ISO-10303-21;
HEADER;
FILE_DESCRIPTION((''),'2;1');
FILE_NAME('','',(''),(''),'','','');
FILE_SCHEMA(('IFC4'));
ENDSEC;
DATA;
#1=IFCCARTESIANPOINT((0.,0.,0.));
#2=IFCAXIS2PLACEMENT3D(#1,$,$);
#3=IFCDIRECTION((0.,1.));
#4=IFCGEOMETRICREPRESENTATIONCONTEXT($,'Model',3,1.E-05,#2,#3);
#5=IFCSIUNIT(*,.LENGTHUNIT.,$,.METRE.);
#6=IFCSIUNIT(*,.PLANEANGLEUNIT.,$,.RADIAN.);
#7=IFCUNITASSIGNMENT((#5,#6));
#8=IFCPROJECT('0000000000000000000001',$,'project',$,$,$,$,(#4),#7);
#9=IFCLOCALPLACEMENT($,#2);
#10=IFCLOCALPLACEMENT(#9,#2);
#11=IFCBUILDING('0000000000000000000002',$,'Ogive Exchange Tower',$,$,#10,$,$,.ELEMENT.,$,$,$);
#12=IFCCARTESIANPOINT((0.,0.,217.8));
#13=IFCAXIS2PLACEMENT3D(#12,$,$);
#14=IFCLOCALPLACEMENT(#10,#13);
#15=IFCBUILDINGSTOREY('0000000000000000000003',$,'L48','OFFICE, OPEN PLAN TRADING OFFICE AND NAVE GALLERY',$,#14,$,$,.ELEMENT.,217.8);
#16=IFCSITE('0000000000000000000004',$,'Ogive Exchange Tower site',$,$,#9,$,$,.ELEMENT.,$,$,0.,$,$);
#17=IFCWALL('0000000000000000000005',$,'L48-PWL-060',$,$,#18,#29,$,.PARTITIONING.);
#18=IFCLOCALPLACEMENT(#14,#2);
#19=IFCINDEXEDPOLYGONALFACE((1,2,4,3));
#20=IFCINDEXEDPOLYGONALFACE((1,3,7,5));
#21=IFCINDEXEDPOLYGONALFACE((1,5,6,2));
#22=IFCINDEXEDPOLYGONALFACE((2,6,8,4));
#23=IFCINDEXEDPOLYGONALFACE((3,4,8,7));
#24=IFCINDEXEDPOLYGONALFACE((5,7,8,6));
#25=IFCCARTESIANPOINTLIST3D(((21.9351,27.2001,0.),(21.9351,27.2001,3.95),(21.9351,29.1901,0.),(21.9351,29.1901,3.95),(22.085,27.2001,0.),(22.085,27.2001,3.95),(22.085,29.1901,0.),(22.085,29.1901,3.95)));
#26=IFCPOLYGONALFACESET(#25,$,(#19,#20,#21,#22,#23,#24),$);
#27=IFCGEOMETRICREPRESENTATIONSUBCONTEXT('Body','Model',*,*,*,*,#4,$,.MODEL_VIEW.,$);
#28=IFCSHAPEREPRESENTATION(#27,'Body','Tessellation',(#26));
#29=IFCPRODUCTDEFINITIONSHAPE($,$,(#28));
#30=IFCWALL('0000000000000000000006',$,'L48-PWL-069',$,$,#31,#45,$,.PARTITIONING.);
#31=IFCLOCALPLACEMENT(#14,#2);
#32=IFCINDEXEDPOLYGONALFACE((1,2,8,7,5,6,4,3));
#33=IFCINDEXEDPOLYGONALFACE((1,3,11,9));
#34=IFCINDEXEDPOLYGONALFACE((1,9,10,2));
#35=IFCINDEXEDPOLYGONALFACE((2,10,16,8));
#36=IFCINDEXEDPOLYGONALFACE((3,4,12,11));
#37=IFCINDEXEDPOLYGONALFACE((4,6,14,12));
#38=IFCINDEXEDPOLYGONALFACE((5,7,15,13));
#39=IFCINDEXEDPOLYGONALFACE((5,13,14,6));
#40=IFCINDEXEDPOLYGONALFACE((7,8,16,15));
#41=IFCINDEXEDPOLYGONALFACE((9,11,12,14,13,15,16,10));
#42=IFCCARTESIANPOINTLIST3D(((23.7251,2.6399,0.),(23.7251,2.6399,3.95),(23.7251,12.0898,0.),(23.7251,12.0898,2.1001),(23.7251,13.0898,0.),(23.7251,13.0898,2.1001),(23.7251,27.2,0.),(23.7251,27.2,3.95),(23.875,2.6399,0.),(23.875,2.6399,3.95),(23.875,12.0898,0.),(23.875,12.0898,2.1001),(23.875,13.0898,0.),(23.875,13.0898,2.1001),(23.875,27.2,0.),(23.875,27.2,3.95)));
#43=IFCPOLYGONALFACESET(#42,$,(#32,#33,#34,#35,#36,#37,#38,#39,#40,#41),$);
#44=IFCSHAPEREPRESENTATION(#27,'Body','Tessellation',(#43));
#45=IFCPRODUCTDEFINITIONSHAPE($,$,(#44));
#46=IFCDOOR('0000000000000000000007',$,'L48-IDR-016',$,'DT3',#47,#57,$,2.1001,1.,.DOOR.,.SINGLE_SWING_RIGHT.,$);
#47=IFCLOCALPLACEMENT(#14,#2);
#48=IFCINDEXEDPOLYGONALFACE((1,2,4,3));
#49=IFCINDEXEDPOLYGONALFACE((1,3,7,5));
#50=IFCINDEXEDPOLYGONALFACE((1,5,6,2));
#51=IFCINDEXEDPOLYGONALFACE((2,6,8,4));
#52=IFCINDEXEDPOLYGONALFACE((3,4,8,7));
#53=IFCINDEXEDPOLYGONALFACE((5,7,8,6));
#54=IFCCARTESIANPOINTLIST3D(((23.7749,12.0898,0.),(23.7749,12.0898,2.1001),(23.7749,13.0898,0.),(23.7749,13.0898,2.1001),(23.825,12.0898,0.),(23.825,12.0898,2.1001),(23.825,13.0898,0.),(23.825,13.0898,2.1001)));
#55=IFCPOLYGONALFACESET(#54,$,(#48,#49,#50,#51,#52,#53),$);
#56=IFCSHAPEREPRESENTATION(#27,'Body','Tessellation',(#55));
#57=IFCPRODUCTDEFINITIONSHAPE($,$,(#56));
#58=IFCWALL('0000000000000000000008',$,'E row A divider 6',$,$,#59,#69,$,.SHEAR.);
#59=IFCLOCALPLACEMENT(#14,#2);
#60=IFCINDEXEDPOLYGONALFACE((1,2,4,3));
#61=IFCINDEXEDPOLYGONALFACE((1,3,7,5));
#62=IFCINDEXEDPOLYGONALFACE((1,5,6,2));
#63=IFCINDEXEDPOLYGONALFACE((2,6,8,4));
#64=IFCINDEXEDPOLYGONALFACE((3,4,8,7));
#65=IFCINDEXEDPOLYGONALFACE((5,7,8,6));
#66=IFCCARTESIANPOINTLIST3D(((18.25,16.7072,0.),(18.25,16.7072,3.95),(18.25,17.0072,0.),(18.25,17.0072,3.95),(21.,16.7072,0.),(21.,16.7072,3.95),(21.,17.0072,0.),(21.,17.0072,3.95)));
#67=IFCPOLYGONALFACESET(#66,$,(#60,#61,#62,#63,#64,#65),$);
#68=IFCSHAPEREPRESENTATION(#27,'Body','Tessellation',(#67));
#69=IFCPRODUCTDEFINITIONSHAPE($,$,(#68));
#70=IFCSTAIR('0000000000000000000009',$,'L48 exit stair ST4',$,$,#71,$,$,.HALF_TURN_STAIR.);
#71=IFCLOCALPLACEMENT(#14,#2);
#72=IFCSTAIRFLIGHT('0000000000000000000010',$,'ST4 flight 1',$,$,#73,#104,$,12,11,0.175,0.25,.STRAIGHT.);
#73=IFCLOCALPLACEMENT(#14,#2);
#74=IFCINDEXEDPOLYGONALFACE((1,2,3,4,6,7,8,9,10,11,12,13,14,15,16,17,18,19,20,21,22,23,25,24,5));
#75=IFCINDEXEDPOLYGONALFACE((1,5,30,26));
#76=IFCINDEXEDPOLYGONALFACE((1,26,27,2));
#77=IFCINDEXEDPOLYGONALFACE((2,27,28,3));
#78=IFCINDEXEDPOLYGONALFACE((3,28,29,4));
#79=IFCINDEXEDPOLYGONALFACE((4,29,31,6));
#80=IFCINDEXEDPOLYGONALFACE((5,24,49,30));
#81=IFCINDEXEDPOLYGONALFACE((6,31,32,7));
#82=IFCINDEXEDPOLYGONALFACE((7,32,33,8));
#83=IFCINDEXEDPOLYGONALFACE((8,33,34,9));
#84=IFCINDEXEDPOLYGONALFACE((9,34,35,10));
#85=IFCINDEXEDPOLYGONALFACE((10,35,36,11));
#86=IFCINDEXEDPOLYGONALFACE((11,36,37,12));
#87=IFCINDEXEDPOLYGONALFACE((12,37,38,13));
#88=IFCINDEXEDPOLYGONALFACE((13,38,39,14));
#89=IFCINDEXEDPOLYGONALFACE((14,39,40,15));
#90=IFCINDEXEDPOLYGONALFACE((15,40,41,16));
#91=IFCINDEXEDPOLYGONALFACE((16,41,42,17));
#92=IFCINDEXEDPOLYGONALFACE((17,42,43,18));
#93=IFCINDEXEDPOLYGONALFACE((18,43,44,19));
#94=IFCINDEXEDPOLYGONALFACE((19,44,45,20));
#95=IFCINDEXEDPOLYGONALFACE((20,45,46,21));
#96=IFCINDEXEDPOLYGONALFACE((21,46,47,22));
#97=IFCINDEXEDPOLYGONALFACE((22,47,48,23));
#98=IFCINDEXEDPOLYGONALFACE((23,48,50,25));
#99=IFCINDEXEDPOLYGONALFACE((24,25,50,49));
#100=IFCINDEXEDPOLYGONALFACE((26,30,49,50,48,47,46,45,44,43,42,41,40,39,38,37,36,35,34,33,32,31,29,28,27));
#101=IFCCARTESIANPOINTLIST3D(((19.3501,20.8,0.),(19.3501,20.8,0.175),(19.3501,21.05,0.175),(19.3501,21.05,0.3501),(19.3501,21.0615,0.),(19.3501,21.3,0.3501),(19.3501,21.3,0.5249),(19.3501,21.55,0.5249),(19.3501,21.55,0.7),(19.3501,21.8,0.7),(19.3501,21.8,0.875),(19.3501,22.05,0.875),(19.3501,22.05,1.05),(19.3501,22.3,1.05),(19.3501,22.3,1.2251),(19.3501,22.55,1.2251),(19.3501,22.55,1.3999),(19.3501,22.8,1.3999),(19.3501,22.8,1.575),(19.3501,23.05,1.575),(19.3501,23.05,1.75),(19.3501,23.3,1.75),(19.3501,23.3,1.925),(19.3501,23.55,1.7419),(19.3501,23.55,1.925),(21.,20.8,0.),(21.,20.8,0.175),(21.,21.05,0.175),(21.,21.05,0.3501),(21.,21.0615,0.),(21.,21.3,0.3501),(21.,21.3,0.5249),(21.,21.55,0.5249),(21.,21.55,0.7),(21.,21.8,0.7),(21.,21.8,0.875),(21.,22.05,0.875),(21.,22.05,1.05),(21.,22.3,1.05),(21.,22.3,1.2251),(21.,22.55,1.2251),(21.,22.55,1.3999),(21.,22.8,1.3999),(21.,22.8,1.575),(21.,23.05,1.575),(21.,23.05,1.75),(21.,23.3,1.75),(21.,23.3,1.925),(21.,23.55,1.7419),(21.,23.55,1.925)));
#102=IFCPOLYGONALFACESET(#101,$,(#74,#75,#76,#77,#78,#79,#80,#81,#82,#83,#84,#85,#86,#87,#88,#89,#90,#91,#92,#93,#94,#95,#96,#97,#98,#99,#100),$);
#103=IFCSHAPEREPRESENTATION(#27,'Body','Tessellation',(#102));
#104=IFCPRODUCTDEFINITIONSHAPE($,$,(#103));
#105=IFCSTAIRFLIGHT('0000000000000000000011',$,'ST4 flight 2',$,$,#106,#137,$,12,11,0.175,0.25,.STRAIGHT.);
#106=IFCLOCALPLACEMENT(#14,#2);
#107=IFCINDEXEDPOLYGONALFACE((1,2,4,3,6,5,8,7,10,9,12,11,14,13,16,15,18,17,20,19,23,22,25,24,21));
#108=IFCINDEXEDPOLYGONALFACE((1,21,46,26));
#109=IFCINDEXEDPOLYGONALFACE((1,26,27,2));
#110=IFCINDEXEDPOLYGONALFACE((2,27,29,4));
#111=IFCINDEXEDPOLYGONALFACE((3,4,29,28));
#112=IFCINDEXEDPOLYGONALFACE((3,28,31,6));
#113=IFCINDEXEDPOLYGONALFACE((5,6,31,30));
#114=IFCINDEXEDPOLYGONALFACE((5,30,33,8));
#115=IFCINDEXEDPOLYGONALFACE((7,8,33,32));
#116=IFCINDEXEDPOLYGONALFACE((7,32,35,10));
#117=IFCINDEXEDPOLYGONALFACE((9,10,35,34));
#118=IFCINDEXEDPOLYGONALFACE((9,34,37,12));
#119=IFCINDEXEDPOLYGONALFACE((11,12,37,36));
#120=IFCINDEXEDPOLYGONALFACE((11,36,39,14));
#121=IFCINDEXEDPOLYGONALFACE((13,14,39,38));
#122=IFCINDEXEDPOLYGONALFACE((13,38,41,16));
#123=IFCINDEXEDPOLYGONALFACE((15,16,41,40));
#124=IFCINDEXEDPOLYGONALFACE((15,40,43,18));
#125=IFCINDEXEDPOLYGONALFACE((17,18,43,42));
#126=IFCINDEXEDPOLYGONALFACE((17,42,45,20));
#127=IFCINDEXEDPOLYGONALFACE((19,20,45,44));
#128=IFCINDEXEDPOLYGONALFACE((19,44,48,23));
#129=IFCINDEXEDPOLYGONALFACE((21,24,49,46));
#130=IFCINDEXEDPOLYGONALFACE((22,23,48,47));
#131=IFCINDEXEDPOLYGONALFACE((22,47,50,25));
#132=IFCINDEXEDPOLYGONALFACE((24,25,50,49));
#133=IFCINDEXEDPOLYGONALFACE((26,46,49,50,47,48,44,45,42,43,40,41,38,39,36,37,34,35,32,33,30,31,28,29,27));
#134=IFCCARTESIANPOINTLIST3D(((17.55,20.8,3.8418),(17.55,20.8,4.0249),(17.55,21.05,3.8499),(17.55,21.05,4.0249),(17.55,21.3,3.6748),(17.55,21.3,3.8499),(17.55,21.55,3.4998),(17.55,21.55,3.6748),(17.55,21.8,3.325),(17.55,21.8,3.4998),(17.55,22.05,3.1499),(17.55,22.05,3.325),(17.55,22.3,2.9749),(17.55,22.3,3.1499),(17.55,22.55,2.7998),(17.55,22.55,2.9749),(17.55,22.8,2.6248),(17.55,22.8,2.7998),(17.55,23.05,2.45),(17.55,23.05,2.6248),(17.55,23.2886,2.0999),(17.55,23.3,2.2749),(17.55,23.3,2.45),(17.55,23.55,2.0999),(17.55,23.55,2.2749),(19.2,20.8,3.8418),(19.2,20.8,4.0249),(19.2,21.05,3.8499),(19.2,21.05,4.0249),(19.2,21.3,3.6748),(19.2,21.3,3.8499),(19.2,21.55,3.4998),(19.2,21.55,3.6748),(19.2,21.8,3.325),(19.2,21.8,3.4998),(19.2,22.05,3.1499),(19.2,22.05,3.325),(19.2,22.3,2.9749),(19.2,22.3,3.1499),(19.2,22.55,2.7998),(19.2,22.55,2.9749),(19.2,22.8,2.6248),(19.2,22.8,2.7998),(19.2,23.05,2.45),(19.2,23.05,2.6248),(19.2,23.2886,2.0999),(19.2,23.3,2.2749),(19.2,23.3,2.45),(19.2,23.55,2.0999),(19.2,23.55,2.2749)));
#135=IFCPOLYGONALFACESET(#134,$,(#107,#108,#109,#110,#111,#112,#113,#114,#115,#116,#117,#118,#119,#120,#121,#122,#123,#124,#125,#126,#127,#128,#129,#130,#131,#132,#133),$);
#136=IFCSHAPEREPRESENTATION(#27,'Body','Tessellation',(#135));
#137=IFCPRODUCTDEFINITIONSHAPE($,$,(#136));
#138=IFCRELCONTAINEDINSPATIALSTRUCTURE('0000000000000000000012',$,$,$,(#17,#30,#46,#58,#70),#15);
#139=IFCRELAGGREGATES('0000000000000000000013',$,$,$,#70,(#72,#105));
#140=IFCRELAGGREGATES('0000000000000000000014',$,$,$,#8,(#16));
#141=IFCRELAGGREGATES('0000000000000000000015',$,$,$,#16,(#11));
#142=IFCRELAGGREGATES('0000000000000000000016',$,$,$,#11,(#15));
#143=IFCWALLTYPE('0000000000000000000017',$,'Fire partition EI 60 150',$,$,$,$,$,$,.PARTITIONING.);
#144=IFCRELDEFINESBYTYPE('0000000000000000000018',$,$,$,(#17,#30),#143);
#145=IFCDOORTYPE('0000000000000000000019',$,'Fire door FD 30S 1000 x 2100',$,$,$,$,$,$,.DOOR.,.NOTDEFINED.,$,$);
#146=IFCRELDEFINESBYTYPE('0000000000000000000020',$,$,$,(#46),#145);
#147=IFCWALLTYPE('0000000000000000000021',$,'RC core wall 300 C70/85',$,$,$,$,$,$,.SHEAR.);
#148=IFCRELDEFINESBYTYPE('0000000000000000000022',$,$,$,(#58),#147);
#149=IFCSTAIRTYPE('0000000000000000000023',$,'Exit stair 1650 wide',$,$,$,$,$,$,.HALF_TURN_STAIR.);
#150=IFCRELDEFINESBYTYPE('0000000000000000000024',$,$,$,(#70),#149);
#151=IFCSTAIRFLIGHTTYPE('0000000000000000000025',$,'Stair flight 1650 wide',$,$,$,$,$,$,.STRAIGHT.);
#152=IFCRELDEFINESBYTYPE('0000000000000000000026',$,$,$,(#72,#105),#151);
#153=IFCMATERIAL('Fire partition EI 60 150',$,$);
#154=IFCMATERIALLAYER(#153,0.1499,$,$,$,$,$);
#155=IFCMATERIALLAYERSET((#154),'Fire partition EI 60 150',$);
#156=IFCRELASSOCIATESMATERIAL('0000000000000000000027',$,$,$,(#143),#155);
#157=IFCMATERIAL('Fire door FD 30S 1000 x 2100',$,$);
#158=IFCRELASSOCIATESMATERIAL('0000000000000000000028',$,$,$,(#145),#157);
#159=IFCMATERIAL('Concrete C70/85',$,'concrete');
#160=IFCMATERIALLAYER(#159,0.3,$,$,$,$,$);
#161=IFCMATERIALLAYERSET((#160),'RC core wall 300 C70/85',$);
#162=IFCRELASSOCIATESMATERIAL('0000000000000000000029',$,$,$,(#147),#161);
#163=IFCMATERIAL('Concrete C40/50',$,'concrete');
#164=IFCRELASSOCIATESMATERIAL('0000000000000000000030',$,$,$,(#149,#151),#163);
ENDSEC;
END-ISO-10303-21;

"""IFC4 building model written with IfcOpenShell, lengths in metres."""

from ifc_helpers import new_model, si_unit, direction, frame, frame_2d, origin, place, context, subcontext, project, spatial, polyline, rectangle, outline, extrude, material, layer, layer_set, type_object, element, fill, aggregate, save


model = new_model("IFC4")

# Units and contexts
model_context = context("Model", 3, precision=1e-05, world=origin(), true_north=direction((0.0, 1.0)))
body_context = subcontext(model_context, "Body", "Model", "MODEL_VIEW")
ifc_project = project(units=[si_unit("LENGTHUNIT", "METRE"), si_unit("PLANEANGLEUNIT", "RADIAN")], contexts=[model_context])

# Site, building, storey
site_placement = place(None, origin())
site = spatial("IfcSite", under=ifc_project, at=site_placement, Name="Ogive Exchange Tower site", CompositionType="ELEMENT", RefElevation=0.0)
building_placement = place(site_placement, origin())
building = spatial("IfcBuilding", under=site, at=building_placement, Name="Ogive Exchange Tower", CompositionType="ELEMENT")
storey_placement = place(building_placement, frame((0.0, 0.0, 217.8)))
storey = spatial("IfcBuildingStorey", under=building, at=storey_placement, Name="L48", Description="OFFICE, OPEN PLAN TRADING OFFICE AND NAVE GALLERY", CompositionType="ELEMENT", Elevation=217.8)

# Wall
ifc_material_1 = material(Name="Fire partition EI 60 150")
ifc_layer_1 = layer(ifc_material_1, 0.1499)
ifc_layer_set_1 = layer_set([ifc_layer_1], Name="Fire partition EI 60 150")
wall_type_1 = type_object("IfcWallType", Name="Fire partition EI 60 150", PredefinedType="PARTITIONING", material=ifc_layer_set_1)
wall_1_placement = place(storey_placement, frame((22.01, 27.2, 0.0), z_axis=(0.0, 0.0, 1.0), x_axis=(0.0, 1.0, 0.0)))
element("IfcWall", 1, at=wall_1_placement, inside=storey, type_object=wall_type_1, Name="L48-PWL-060", PredefinedType="PARTITIONING", context=body_context, shape_type="SweptSolid", body=[
    extrude(rectangle(XDim=1.99, YDim=0.1499, at=frame_2d((0.9951, 0.0))), origin(), (0.0, 0.0, 1.0), 3.95),
])

# Wall, opening, door
wall_2_placement = place(storey_placement, frame((23.8, 27.2, 0.0), z_axis=(0.0, 0.0, 1.0), x_axis=(0.0, -1.0, 0.0)))
wall_2 = element("IfcWall", 2, at=wall_2_placement, inside=storey, type_object=wall_type_1, Name="L48-PWL-069", PredefinedType="PARTITIONING", context=body_context, shape_type="SweptSolid", body=[
    extrude(rectangle(XDim=24.5601, YDim=0.1499, at=frame_2d((12.28, 0.0))), origin(), (0.0, 0.0, 1.0), 3.95),
])
opening_placement = place(wall_2_placement, frame((14.1101, 0.0, 0.0)))
opening = element("IfcOpeningElement", 3, at=opening_placement, cuts=wall_2, PredefinedType="OPENING", context=body_context, shape_type="SweptSolid", body=[
    extrude(rectangle(XDim=1.0, YDim=2.1001, at=frame_2d((0.5, 1.05))), frame((0.0, 0.085, 0.0), z_axis=(0.0, -1.0, 0.0), x_axis=(1.0, 0.0, 0.0)), (0.0, 0.0, 1.0), 0.1699),
])
ifc_material_2 = material(Name="Fire door FD 30S 1000 x 2100")
door_type = type_object("IfcDoorType", Name="Fire door FD 30S 1000 x 2100", OperationType="NOTDEFINED", PredefinedType="DOOR", material=ifc_material_2)
door_placement = place(opening_placement, origin())
door = element("IfcDoor", 4, at=door_placement, inside=storey, type_object=door_type, Name="L48-IDR-016", ObjectType="DT3", OperationType="SINGLE_SWING_RIGHT", OverallHeight=2.1001, OverallWidth=1.0, PredefinedType="DOOR", context=body_context, shape_type="SweptSolid", body=[
    extrude(rectangle(XDim=1.0, YDim=2.1001, at=frame_2d((0.5, 1.05))), frame((0.0, 0.0249, 0.0), z_axis=(0.0, -1.0, 0.0), x_axis=(1.0, 0.0, 0.0)), (0.0, 0.0, 1.0), 0.05),
])
fill(opening, door)

# Wall
ifc_material_3 = material(Name="Concrete C70/85", Category="concrete")
ifc_layer_2 = layer(ifc_material_3, 0.3)
ifc_layer_set_2 = layer_set([ifc_layer_2], Name="RC core wall 300 C70/85")
wall_type_2 = type_object("IfcWallType", Name="RC core wall 300 C70/85", PredefinedType="SHEAR", material=ifc_layer_set_2)
wall_3_placement = place(storey_placement, frame((18.25, 16.8572, 0.0), z_axis=(0.0, 0.0, 1.0), x_axis=(1.0, 0.0, 0.0)))
element("IfcWall", 5, at=wall_3_placement, inside=storey, type_object=wall_type_2, Name="E row A divider 6", PredefinedType="SHEAR", context=body_context, shape_type="SweptSolid", body=[
    extrude(rectangle(XDim=2.75, YDim=0.3, at=frame_2d((1.375, 0.0))), origin(), (0.0, 0.0, 1.0), 3.95),
])

# Stair, stair flights
ifc_material_4 = material(Name="Concrete C40/50", Category="concrete")
stair_type = type_object("IfcStairType", Name="Exit stair 1650 wide", PredefinedType="HALF_TURN_STAIR", material=ifc_material_4)
stair_placement = place(storey_placement, origin())
stair = element("IfcStair", 6, at=stair_placement, inside=storey, type_object=stair_type, Name="L48 exit stair ST4", PredefinedType="HALF_TURN_STAIR")
stair_flight_type = type_object("IfcStairFlightType", Name="Stair flight 1650 wide", PredefinedType="STRAIGHT", material=ifc_material_4)
stair_flight_1_placement = place(storey_placement, frame((20.175, 20.8, 0.0), z_axis=(0.0, 0.0, 1.0), x_axis=(0.0, 1.0, 0.0)))
stair_flight_1 = element("IfcStairFlight", 7, at=stair_flight_1_placement, type_object=stair_flight_type, Name="ST4 flight 1", NumberOfRisers=12, NumberOfTreads=11, PredefinedType="STRAIGHT", RiserHeight=0.175, TreadLength=0.25, context=body_context, shape_type="SweptSolid", body=[
    extrude(outline(polyline([(0.0, 0.0), (0.0, 0.175), (0.25, 0.175), (0.25, 0.3501), (0.5, 0.3501), (0.5, 0.5249), (0.75, 0.5249), (0.75, 0.7), (1.0, 0.7), (1.0, 0.875), (1.25, 0.875), (1.25, 1.05), (1.5, 1.05), (1.5, 1.2251), (1.75, 1.2251), (1.75, 1.3999), (2.0, 1.3999), (2.0, 1.575), (2.25, 1.575), (2.25, 1.75), (2.5, 1.75), (2.5, 1.925), (2.75, 1.925), (2.75, 2.1001), (2.75, 1.7419), (0.2615, 0.0), (0.0, 0.0)])), frame((0.0, 0.825, 0.0), z_axis=(0.0, -1.0, 0.0), x_axis=(1.0, 0.0, 0.0)), (0.0, 0.0, 1.0), 1.6499),
])
stair_flight_2_placement = place(storey_placement, frame((18.375, 23.55, 2.0999), z_axis=(0.0, 0.0, 1.0), x_axis=(0.0, -1.0, 0.0)))
stair_flight_2 = element("IfcStairFlight", 8, at=stair_flight_2_placement, type_object=stair_flight_type, Name="ST4 flight 2", NumberOfRisers=12, NumberOfTreads=11, PredefinedType="STRAIGHT", RiserHeight=0.175, TreadLength=0.25, context=body_context, shape_type="SweptSolid", body=[
    extrude(outline(polyline([(0.0, 0.0), (0.0, 0.175), (0.25, 0.175), (0.25, 0.3501), (0.5, 0.3501), (0.5, 0.5249), (0.75, 0.5249), (0.75, 0.7), (1.0, 0.7), (1.0, 0.875), (1.25, 0.875), (1.25, 1.05), (1.5, 1.05), (1.5, 1.2251), (1.75, 1.2251), (1.75, 1.3999), (2.0, 1.3999), (2.0, 1.575), (2.25, 1.575), (2.25, 1.75), (2.5, 1.75), (2.5, 1.925), (2.75, 1.925), (2.75, 2.1001), (2.75, 1.7419), (0.2615, 0.0), (0.0, 0.0)])), frame((0.0, 0.825, 0.0), z_axis=(0.0, -1.0, 0.0), x_axis=(1.0, 0.0, 0.0)), (0.0, 0.0, 1.0), 1.6499),
])
aggregate(stair, [stair_flight_1, stair_flight_2])

save(model, "model.ifc")
